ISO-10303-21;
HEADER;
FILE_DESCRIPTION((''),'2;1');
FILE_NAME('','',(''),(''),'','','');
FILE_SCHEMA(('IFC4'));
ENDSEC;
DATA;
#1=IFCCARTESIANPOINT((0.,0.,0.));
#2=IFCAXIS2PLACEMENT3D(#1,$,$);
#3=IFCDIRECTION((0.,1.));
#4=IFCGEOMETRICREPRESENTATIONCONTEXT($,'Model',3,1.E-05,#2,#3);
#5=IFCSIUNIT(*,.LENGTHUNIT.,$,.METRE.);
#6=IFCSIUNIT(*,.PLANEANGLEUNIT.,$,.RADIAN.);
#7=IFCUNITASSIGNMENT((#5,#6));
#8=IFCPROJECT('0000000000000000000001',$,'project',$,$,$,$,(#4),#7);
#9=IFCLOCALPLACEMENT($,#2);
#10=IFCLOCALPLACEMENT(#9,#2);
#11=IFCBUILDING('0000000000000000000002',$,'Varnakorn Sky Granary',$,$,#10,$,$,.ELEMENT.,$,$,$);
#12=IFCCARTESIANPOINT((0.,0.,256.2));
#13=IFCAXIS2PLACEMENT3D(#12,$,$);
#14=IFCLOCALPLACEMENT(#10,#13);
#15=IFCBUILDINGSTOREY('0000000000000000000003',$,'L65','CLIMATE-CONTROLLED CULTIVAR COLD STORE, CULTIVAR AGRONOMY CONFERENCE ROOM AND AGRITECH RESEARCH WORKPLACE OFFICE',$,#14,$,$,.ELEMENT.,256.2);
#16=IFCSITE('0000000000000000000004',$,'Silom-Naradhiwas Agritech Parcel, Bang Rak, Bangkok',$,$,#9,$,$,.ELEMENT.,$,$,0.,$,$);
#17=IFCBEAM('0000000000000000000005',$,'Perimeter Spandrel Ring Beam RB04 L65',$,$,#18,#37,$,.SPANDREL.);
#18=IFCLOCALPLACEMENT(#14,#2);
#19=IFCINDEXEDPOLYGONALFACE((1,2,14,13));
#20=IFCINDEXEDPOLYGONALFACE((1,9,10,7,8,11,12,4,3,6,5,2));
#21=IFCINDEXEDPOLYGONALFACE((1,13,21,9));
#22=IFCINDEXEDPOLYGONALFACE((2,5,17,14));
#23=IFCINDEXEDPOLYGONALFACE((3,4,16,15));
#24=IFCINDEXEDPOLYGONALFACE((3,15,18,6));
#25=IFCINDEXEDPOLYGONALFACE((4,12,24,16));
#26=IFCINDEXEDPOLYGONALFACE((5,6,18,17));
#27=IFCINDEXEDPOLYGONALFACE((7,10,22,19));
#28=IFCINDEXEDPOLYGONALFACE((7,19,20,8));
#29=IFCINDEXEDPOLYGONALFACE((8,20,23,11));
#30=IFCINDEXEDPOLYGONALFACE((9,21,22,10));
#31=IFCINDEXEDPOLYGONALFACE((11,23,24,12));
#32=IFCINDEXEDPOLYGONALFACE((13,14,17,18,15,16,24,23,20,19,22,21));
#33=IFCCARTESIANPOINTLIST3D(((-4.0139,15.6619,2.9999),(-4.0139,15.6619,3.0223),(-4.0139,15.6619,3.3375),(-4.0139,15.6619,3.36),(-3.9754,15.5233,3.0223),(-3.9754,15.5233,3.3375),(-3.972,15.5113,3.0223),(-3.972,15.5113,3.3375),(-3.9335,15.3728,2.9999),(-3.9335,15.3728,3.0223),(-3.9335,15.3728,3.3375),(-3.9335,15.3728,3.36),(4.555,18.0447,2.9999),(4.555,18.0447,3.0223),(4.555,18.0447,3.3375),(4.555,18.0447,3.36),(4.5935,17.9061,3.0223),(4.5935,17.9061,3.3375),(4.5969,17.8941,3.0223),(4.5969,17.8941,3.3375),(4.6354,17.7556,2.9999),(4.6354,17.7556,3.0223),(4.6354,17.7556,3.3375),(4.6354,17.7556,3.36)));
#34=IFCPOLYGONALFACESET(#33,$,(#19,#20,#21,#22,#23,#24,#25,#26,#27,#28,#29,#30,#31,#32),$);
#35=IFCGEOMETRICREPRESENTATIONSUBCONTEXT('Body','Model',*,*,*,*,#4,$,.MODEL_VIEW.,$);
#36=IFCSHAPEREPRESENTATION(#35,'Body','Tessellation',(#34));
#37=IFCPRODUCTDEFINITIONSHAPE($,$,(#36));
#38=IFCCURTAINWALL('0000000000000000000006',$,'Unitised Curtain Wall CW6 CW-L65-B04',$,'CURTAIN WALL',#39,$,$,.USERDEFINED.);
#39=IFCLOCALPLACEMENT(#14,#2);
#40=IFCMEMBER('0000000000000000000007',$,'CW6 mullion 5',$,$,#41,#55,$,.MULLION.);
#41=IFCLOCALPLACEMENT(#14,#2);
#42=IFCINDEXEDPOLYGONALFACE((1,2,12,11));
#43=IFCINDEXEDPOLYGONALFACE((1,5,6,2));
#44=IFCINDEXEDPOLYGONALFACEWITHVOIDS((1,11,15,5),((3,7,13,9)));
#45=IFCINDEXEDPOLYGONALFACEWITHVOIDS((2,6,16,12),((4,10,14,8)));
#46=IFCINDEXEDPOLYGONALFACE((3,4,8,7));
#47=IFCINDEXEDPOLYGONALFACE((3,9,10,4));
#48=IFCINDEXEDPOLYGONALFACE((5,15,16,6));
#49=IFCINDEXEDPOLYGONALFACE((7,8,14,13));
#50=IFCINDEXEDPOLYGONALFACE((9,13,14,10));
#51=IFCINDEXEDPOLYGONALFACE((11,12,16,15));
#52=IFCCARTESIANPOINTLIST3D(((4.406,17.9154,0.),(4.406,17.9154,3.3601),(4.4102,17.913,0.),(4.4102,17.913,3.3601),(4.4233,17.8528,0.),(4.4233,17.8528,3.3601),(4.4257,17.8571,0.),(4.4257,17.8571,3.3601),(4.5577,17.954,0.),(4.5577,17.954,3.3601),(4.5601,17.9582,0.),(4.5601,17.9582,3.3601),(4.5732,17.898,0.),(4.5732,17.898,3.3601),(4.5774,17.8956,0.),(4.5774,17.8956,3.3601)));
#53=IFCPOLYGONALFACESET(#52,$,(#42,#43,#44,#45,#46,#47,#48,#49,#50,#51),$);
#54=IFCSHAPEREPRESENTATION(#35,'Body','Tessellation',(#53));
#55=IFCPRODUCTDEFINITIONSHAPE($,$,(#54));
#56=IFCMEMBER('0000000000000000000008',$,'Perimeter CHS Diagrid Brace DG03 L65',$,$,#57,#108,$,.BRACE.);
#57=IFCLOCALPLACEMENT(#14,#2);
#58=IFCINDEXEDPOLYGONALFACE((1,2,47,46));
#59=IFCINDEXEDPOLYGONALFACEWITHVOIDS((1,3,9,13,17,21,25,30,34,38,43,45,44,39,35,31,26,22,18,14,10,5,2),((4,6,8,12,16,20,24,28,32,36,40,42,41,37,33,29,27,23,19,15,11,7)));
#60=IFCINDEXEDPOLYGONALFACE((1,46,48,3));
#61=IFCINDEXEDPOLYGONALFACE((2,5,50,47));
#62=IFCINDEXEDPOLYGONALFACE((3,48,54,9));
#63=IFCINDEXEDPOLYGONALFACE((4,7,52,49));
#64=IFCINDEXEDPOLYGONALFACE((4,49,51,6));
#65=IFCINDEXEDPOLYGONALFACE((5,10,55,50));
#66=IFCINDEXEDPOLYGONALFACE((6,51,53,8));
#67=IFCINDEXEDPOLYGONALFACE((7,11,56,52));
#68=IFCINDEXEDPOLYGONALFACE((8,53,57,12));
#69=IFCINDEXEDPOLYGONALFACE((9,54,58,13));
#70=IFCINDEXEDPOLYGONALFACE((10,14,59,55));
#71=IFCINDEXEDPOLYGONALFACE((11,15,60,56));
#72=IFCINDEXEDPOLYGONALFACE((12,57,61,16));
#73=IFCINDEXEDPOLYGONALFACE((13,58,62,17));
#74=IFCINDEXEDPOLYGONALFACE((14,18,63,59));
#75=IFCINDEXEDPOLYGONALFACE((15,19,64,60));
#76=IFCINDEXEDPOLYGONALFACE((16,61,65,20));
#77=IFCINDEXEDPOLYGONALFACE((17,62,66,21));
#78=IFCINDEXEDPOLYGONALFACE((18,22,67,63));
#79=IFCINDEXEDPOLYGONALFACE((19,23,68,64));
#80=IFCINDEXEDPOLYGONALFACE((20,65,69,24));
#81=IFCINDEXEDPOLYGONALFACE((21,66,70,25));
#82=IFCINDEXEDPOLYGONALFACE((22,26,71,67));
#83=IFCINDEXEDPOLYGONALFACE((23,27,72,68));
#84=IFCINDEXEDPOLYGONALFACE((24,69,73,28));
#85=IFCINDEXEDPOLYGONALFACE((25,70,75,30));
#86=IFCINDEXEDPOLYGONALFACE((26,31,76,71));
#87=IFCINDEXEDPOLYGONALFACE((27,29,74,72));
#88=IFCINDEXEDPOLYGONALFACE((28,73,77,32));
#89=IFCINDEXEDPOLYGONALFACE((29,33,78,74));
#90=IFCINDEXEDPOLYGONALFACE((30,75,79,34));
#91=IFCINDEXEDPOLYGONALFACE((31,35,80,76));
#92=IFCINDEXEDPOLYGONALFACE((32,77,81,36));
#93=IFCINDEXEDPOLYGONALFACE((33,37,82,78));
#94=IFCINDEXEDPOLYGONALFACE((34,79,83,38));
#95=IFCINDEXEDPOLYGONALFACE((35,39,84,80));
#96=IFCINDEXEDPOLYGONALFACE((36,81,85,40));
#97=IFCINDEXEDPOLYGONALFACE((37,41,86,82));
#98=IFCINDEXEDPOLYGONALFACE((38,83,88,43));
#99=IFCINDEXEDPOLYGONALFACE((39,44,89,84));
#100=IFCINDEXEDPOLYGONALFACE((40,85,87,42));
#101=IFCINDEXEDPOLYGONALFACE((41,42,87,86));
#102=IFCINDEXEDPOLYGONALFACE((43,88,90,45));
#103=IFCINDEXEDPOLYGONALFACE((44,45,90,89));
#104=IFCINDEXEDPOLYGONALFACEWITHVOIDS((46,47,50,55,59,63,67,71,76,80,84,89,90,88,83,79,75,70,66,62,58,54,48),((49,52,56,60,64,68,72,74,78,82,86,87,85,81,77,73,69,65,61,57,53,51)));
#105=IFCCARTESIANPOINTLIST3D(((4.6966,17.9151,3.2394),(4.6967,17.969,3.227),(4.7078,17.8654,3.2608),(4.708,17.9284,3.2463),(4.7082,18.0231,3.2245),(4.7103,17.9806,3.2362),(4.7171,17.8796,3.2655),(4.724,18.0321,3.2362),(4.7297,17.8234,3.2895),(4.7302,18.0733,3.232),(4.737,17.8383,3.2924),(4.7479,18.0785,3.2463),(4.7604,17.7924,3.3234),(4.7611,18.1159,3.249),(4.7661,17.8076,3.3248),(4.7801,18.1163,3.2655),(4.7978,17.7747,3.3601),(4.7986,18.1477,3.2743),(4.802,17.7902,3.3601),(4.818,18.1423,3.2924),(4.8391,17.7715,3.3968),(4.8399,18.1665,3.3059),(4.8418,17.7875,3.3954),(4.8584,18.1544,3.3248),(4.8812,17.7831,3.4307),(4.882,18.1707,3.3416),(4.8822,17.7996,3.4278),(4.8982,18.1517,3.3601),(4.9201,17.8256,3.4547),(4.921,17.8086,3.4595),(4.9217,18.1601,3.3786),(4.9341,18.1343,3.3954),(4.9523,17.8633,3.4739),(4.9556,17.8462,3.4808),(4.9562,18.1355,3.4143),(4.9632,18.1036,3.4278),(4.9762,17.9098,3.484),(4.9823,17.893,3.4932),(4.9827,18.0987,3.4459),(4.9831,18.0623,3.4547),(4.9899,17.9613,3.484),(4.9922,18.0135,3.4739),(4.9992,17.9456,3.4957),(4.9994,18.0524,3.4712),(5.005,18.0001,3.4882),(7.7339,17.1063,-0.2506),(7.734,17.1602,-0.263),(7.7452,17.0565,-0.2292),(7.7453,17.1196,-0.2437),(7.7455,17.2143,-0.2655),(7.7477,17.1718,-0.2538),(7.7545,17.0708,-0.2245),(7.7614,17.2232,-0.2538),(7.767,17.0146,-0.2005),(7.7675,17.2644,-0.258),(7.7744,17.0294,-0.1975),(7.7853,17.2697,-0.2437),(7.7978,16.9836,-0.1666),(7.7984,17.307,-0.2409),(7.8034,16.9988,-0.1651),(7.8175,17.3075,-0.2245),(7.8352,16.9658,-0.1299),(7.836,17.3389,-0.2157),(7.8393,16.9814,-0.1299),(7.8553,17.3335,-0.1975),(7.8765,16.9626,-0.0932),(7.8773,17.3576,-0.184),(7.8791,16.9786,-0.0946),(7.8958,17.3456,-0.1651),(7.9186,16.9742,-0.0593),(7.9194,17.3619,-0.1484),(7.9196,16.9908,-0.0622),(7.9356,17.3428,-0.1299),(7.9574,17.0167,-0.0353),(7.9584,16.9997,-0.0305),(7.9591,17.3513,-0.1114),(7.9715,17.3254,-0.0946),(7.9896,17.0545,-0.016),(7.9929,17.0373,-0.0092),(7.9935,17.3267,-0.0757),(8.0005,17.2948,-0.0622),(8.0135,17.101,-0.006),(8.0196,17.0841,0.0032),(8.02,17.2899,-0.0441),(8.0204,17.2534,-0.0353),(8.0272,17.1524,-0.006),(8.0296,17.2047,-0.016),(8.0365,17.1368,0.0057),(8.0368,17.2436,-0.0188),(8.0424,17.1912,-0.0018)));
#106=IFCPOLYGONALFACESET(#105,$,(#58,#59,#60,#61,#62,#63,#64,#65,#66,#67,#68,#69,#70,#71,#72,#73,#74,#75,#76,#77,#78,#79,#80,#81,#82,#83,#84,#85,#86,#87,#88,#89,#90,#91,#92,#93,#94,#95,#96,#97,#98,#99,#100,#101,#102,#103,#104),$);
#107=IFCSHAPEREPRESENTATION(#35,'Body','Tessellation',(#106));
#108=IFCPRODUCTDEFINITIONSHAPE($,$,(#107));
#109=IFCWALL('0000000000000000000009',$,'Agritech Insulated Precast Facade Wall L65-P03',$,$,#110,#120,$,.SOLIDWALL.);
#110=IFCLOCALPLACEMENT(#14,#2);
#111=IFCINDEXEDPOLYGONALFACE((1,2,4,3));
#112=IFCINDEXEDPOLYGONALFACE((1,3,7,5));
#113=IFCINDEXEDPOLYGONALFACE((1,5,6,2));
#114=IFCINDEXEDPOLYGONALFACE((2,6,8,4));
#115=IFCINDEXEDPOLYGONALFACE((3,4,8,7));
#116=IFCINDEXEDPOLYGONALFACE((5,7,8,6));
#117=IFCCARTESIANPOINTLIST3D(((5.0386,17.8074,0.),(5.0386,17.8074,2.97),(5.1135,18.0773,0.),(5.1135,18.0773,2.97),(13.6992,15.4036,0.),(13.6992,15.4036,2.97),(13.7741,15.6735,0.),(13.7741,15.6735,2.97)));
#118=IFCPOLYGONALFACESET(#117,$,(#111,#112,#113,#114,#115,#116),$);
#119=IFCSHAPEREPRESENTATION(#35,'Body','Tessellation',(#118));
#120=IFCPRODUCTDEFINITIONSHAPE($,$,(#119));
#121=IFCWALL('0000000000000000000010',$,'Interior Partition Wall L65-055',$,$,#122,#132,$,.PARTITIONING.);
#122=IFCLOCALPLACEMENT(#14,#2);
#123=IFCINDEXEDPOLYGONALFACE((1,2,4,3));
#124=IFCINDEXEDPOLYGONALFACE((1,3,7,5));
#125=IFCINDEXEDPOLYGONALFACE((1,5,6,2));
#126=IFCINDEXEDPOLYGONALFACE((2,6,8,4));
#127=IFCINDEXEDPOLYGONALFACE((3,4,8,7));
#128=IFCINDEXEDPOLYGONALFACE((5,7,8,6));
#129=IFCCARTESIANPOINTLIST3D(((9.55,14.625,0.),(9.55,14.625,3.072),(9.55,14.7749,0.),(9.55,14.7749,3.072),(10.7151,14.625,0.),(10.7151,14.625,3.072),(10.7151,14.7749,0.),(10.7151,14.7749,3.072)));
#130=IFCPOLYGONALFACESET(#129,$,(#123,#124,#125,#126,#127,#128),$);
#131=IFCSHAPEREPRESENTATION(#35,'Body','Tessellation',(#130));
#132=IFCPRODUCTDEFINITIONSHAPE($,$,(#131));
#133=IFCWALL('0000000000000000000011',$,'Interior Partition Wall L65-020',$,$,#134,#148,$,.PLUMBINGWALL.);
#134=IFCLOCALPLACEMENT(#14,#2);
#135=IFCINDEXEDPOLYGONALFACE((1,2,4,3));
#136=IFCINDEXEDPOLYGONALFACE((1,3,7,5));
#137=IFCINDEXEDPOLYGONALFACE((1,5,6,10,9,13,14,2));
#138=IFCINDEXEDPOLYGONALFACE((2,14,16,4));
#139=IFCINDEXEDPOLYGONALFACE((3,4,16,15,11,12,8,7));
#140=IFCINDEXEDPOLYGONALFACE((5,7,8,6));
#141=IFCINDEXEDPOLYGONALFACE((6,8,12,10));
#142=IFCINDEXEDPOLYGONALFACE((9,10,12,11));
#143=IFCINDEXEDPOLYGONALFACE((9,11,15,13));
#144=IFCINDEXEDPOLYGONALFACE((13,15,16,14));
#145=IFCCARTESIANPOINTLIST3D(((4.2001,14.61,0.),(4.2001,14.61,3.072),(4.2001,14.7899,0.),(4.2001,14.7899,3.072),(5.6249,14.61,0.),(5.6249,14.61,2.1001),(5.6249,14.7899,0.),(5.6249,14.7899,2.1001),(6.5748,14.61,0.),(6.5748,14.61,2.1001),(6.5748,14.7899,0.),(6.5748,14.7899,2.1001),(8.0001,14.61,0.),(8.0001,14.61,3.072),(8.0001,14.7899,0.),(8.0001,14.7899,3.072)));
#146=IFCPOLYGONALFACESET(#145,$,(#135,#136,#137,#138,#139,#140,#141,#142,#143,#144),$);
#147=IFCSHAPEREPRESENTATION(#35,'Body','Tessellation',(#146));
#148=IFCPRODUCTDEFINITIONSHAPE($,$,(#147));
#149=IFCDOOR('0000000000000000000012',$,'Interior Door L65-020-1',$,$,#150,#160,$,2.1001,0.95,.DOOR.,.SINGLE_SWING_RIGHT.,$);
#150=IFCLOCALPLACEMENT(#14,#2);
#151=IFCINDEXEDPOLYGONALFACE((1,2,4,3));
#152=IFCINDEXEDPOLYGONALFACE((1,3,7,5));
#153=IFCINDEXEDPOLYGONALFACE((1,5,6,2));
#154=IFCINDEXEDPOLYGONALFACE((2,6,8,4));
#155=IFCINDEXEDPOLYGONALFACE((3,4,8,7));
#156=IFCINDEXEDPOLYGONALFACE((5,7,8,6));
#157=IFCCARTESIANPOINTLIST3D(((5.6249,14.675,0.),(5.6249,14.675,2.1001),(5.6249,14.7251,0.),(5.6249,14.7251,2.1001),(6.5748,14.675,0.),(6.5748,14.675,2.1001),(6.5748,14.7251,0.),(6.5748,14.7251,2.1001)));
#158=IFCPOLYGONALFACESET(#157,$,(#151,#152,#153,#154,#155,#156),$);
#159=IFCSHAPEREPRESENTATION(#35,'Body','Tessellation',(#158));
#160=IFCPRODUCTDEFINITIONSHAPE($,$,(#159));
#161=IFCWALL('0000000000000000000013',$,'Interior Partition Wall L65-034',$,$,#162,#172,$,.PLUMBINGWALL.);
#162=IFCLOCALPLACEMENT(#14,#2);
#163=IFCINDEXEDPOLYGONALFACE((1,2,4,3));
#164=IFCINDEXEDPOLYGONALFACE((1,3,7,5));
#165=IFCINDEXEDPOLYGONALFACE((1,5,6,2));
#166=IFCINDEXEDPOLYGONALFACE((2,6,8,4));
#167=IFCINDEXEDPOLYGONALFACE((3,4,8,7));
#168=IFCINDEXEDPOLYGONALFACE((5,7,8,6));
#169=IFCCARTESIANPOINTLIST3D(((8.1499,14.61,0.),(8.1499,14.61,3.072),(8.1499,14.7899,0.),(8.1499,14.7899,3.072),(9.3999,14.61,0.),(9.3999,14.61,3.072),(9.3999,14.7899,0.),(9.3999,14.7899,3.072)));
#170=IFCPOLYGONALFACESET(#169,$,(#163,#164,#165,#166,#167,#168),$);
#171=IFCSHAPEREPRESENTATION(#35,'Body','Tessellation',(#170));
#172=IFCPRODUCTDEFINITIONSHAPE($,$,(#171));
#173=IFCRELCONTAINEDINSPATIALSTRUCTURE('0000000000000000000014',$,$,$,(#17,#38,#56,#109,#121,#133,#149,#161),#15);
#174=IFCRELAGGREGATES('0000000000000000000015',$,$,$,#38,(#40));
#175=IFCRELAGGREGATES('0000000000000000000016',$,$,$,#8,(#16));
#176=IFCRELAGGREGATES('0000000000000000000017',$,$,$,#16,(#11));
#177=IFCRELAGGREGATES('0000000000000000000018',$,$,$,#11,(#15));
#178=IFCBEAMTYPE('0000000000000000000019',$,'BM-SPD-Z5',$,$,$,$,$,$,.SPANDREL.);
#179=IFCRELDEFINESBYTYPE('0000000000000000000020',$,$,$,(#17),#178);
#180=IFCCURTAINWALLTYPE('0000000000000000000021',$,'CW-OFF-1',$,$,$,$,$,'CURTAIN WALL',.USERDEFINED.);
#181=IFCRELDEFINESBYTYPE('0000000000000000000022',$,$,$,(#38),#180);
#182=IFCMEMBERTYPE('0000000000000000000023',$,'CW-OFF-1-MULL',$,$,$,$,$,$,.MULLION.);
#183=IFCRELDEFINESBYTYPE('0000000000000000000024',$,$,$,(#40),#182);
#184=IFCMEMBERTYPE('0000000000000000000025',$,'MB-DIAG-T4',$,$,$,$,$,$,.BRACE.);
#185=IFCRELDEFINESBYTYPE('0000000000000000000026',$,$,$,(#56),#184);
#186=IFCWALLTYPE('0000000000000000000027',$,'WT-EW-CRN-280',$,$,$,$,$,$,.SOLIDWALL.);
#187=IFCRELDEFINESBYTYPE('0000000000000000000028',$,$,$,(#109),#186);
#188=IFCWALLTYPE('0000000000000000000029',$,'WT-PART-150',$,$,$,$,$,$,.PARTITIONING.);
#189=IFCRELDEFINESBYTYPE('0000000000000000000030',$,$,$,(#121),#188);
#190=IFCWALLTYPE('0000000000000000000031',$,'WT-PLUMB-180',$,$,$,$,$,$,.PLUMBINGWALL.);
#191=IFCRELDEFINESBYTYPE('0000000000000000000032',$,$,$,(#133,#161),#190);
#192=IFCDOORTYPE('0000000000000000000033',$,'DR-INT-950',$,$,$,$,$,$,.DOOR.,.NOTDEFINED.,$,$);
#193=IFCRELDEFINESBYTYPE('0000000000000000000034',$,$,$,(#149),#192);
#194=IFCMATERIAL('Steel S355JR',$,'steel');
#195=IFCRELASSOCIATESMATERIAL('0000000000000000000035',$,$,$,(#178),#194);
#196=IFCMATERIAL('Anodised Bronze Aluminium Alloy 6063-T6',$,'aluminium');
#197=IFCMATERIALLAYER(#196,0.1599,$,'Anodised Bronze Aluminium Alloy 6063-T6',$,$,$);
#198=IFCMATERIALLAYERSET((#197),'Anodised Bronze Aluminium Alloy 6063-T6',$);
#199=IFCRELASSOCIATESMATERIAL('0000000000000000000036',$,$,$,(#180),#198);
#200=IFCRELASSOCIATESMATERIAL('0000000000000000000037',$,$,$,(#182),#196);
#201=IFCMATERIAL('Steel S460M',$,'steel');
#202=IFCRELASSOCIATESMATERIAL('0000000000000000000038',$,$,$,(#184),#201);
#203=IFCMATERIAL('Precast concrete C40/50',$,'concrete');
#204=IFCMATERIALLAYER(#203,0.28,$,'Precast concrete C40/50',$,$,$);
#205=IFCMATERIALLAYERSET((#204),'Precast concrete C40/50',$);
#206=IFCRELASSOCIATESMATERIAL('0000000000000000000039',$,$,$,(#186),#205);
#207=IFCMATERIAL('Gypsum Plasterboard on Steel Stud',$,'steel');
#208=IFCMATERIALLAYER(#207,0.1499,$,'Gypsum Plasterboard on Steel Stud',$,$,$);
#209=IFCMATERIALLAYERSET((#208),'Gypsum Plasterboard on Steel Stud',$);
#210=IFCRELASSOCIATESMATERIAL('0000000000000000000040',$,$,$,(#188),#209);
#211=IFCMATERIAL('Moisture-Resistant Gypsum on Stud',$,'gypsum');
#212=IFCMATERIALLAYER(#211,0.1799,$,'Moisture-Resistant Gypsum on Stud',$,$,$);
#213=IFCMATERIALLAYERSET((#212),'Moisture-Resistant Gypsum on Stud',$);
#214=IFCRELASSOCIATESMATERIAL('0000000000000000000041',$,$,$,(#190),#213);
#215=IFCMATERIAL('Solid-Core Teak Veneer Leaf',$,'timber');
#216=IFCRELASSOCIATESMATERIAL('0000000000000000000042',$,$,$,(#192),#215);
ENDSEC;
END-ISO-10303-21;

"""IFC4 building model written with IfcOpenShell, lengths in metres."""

from ifc_helpers import new_model, si_unit, direction, frame, frame_2d, origin, origin_2d, place, context, subcontext, project, spatial, rectangle, hollow_rectangle, hollow_circle, i_section, extrude, material, layer, layer_set, material_profile, profile_set, type_object, element, fill, aggregate, save


model = new_model("IFC4")

# Units and contexts
model_context = context("Model", 3, precision=1e-05, world=origin(), true_north=direction((0.0, 1.0)))
body_context = subcontext(model_context, "Body", "Model", "MODEL_VIEW")
ifc_project = project(units=[si_unit("LENGTHUNIT", "METRE"), si_unit("PLANEANGLEUNIT", "RADIAN")], contexts=[model_context])

# Site, building, storey
site_placement = place(None, origin())
site = spatial("IfcSite", under=ifc_project, at=site_placement, Name="Silom-Naradhiwas Agritech Parcel, Bang Rak, Bangkok", CompositionType="ELEMENT", RefElevation=0.0)
building_placement = place(site_placement, origin())
building = spatial("IfcBuilding", under=site, at=building_placement, Name="Varnakorn Sky Granary", CompositionType="ELEMENT")
storey_placement = place(building_placement, frame((0.0, 0.0, 256.2)))
storey = spatial("IfcBuildingStorey", under=building, at=storey_placement, Name="L65", Description="CLIMATE-CONTROLLED CULTIVAR COLD STORE, CULTIVAR AGRONOMY CONFERENCE ROOM AND AGRITECH RESEARCH WORKPLACE OFFICE", CompositionType="ELEMENT", Elevation=256.2)

# Shared definitions
ifc_material_1 = material(Name="Steel S460M", Category="steel")

# Beam
ifc_material_2 = material(Name="Steel S355JR", Category="steel")
ifc_material_profile_1 = material_profile(ifc_material_2, i_section(OverallWidth=0.3, OverallDepth=0.3601, WebThickness=0.0125, FlangeThickness=0.0225, at=origin_2d()), Name="HE 360 B")
ifc_profile_set_1 = profile_set([ifc_material_profile_1], Name="Steel S355JR")
beam_type_1 = type_object("IfcBeamType", Name="BM-SPD-Z5", PredefinedType="SPANDREL", material=ifc_profile_set_1)
for number, where, z_axis, x_axis, name in (
    (1, (4.5952, 17.9001, 3.1799), (-0.963443, -0.267913, 0.0), (0.267913, -0.963443, 0.0), "Perimeter Spandrel Ring Beam RB04 L65"),
):
    element("IfcBeam", number, at=place(storey_placement, frame(where, z_axis=z_axis, x_axis=x_axis)), inside=storey, type_object=beam_type_1, Name=name, PredefinedType="SPANDREL", context=body_context, shape_type="SweptSolid", body=[
        extrude(i_section(OverallWidth=0.3, OverallDepth=0.3601, WebThickness=0.0125, FlangeThickness=0.0225, at=origin_2d()), origin(), (0.0, 0.0, 1.0), 8.894),
    ])

# Curtain wall, member
ifc_material_3 = material(Name="Anodised Bronze Aluminium Alloy 6063-T6", Category="aluminium")
ifc_layer_1 = layer(ifc_material_3, 0.1599, Name="Anodised Bronze Aluminium Alloy 6063-T6")
ifc_layer_set_1 = layer_set([ifc_layer_1], Name="Anodised Bronze Aluminium Alloy 6063-T6")
curtain_wall_type = type_object("IfcCurtainWallType", Name="CW-OFF-1", ElementType="CURTAIN WALL", PredefinedType="USERDEFINED", material=ifc_layer_set_1)
curtain_wall_placement = place(storey_placement, origin())
curtain_wall = element("IfcCurtainWall", 2, at=curtain_wall_placement, inside=storey, type_object=curtain_wall_type, Name="Unitised Curtain Wall CW6 CW-L65-B04", ObjectType="CURTAIN WALL", PredefinedType="USERDEFINED")
ifc_material_profile_2 = material_profile(ifc_material_3, hollow_rectangle(XDim=0.0649, YDim=0.1599, WallThickness=0.0034, at=origin_2d()), Name="ALU MULL 65x160")
ifc_profile_set_2 = profile_set([ifc_material_profile_2], Name="Anodised Bronze Aluminium Alloy 6063-T6")
member_type_1 = type_object("IfcMemberType", Name="CW-OFF-1-MULL", PredefinedType="MULLION", material=ifc_profile_set_2)
member_1_placement = place(storey_placement, frame((4.4917, 17.9055, 0.0), z_axis=(0.0, 0.0, 1.0), x_axis=(-0.267429, 0.963577, 0.0)))
member_1 = element("IfcMember", 3, at=member_1_placement, type_object=member_type_1, Name="CW6 mullion 5", PredefinedType="MULLION", context=body_context, shape_type="SweptSolid", body=[
    extrude(hollow_rectangle(XDim=0.0649, YDim=0.1599, WallThickness=0.0034, at=origin_2d()), origin(), (0.0, 0.0, 1.0), 3.3601),
])
aggregate(curtain_wall, [member_1])

# Member
ifc_material_profile_3 = material_profile(ifc_material_1, hollow_circle(Radius=0.2031, WallThickness=0.0161, at=origin_2d()), Name="CHS 406.4x16")
ifc_profile_set_3 = profile_set([ifc_material_profile_3], Name="Steel S460M")
member_type_2 = type_object("IfcMemberType", Name="MB-DIAG-T4", PredefinedType="BRACE", material=ifc_profile_set_3)
member_2_placement = place(storey_placement, frame((7.8875, 17.1621, -0.1299), z_axis=(-0.646688, 0.172211, 0.74306), x_axis=(-0.257329, -0.966324, 0.0)))
element("IfcMember", 4, at=member_2_placement, inside=storey, type_object=member_type_2, Name="Perimeter CHS Diagrid Brace DG03 L65", PredefinedType="BRACE", context=body_context, shape_type="SweptSolid", body=[
    extrude(hollow_circle(Radius=0.2031, WallThickness=0.0161, at=origin_2d()), origin(), (0.0, 0.0, 1.0), 4.6968),
])

# Walls
ifc_material_4 = material(Name="Precast concrete C40/50", Category="concrete")
ifc_layer_2 = layer(ifc_material_4, 0.28, Name="Precast concrete C40/50")
ifc_layer_set_2 = layer_set([ifc_layer_2], Name="Precast concrete C40/50")
wall_type_1 = type_object("IfcWallType", Name="WT-EW-CRN-280", PredefinedType="SOLIDWALL", material=ifc_layer_set_2)
wall_1_placement = place(storey_placement, frame((5.0759, 17.9424, 0.0), z_axis=(0.0, 0.0, 1.0), x_axis=(0.963573, -0.267445, 0.0)))
element("IfcWall", 5, at=wall_1_placement, inside=storey, type_object=wall_type_1, Name="Agritech Insulated Precast Facade Wall L65-P03", PredefinedType="SOLIDWALL", context=body_context, shape_type="SweptSolid", body=[
    extrude(rectangle(XDim=8.988, YDim=0.28, at=frame_2d((4.4941, 0.0))), origin(), (0.0, 0.0, 1.0), 2.97),
])
ifc_material_5 = material(Name="Gypsum Plasterboard on Steel Stud", Category="steel")
ifc_layer_3 = layer(ifc_material_5, 0.1499, Name="Gypsum Plasterboard on Steel Stud")
ifc_layer_set_3 = layer_set([ifc_layer_3], Name="Gypsum Plasterboard on Steel Stud")
wall_type_2 = type_object("IfcWallType", Name="WT-PART-150", PredefinedType="PARTITIONING", material=ifc_layer_set_3)
wall_2_placement = place(storey_placement, frame((10.7151, 14.7, 0.0), z_axis=(0.0, 0.0, 1.0), x_axis=(-1.0, 0.0, 0.0)))
element("IfcWall", 6, at=wall_2_placement, inside=storey, type_object=wall_type_2, Name="Interior Partition Wall L65-055", PredefinedType="PARTITIONING", context=body_context, shape_type="SweptSolid", body=[
    extrude(rectangle(XDim=1.165, YDim=0.1499, at=frame_2d((0.5825, 0.0))), origin(), (0.0, 0.0, 1.0), 3.072),
])

# Wall, opening, door
ifc_material_6 = material(Name="Moisture-Resistant Gypsum on Stud", Category="gypsum")
ifc_layer_4 = layer(ifc_material_6, 0.1799, Name="Moisture-Resistant Gypsum on Stud")
ifc_layer_set_4 = layer_set([ifc_layer_4], Name="Moisture-Resistant Gypsum on Stud")
wall_type_3 = type_object("IfcWallType", Name="WT-PLUMB-180", PredefinedType="PLUMBINGWALL", material=ifc_layer_set_4)
wall_3_placement = place(storey_placement, frame((8.0, 14.7, 0.0), z_axis=(0.0, 0.0, 1.0), x_axis=(-1.0, 0.0, 0.0)))
wall_3 = element("IfcWall", 7, at=wall_3_placement, inside=storey, type_object=wall_type_3, Name="Interior Partition Wall L65-020", PredefinedType="PLUMBINGWALL", context=body_context, shape_type="SweptSolid", body=[
    extrude(rectangle(XDim=3.8, YDim=0.1799, at=frame_2d((1.8999, 0.0))), origin(), (0.0, 0.0, 1.0), 3.072),
])
opening_placement = place(wall_3_placement, frame((1.425, 0.0, 0.0)))
opening = element("IfcOpeningElement", 8, at=opening_placement, cuts=wall_3, PredefinedType="OPENING", context=body_context, shape_type="SweptSolid", body=[
    extrude(rectangle(XDim=0.95, YDim=2.1001, at=frame_2d((0.4751, 1.05))), frame((0.0, 0.1001, 0.0), z_axis=(0.0, -1.0, 0.0), x_axis=(1.0, 0.0, 0.0)), (0.0, 0.0, 1.0), 0.2),
])
ifc_material_7 = material(Name="Solid-Core Teak Veneer Leaf", Category="timber")
door_type = type_object("IfcDoorType", Name="DR-INT-950", OperationType="NOTDEFINED", PredefinedType="DOOR", material=ifc_material_7)
door_placement = place(opening_placement, origin())
door = element("IfcDoor", 9, at=door_placement, inside=storey, type_object=door_type, Name="Interior Door L65-020-1", OperationType="SINGLE_SWING_RIGHT", OverallHeight=2.1001, OverallWidth=0.95, PredefinedType="DOOR", context=body_context, shape_type="SweptSolid", body=[
    extrude(rectangle(XDim=0.95, YDim=2.1001, at=frame_2d((0.4751, 1.05))), frame((0.0, 0.0249, 0.0), z_axis=(0.0, -1.0, 0.0), x_axis=(1.0, 0.0, 0.0)), (0.0, 0.0, 1.0), 0.05),
])
fill(opening, door)

# Wall
wall_4_placement = place(storey_placement, frame((9.3999, 14.7, 0.0), z_axis=(0.0, 0.0, 1.0), x_axis=(-1.0, 0.0, 0.0)))
element("IfcWall", 10, at=wall_4_placement, inside=storey, type_object=wall_type_3, Name="Interior Partition Wall L65-034", PredefinedType="PLUMBINGWALL", context=body_context, shape_type="SweptSolid", body=[
    extrude(rectangle(XDim=1.25, YDim=0.1799, at=frame_2d((0.625, 0.0))), origin(), (0.0, 0.0, 1.0), 3.072),
])

save(model, "model.ifc")
